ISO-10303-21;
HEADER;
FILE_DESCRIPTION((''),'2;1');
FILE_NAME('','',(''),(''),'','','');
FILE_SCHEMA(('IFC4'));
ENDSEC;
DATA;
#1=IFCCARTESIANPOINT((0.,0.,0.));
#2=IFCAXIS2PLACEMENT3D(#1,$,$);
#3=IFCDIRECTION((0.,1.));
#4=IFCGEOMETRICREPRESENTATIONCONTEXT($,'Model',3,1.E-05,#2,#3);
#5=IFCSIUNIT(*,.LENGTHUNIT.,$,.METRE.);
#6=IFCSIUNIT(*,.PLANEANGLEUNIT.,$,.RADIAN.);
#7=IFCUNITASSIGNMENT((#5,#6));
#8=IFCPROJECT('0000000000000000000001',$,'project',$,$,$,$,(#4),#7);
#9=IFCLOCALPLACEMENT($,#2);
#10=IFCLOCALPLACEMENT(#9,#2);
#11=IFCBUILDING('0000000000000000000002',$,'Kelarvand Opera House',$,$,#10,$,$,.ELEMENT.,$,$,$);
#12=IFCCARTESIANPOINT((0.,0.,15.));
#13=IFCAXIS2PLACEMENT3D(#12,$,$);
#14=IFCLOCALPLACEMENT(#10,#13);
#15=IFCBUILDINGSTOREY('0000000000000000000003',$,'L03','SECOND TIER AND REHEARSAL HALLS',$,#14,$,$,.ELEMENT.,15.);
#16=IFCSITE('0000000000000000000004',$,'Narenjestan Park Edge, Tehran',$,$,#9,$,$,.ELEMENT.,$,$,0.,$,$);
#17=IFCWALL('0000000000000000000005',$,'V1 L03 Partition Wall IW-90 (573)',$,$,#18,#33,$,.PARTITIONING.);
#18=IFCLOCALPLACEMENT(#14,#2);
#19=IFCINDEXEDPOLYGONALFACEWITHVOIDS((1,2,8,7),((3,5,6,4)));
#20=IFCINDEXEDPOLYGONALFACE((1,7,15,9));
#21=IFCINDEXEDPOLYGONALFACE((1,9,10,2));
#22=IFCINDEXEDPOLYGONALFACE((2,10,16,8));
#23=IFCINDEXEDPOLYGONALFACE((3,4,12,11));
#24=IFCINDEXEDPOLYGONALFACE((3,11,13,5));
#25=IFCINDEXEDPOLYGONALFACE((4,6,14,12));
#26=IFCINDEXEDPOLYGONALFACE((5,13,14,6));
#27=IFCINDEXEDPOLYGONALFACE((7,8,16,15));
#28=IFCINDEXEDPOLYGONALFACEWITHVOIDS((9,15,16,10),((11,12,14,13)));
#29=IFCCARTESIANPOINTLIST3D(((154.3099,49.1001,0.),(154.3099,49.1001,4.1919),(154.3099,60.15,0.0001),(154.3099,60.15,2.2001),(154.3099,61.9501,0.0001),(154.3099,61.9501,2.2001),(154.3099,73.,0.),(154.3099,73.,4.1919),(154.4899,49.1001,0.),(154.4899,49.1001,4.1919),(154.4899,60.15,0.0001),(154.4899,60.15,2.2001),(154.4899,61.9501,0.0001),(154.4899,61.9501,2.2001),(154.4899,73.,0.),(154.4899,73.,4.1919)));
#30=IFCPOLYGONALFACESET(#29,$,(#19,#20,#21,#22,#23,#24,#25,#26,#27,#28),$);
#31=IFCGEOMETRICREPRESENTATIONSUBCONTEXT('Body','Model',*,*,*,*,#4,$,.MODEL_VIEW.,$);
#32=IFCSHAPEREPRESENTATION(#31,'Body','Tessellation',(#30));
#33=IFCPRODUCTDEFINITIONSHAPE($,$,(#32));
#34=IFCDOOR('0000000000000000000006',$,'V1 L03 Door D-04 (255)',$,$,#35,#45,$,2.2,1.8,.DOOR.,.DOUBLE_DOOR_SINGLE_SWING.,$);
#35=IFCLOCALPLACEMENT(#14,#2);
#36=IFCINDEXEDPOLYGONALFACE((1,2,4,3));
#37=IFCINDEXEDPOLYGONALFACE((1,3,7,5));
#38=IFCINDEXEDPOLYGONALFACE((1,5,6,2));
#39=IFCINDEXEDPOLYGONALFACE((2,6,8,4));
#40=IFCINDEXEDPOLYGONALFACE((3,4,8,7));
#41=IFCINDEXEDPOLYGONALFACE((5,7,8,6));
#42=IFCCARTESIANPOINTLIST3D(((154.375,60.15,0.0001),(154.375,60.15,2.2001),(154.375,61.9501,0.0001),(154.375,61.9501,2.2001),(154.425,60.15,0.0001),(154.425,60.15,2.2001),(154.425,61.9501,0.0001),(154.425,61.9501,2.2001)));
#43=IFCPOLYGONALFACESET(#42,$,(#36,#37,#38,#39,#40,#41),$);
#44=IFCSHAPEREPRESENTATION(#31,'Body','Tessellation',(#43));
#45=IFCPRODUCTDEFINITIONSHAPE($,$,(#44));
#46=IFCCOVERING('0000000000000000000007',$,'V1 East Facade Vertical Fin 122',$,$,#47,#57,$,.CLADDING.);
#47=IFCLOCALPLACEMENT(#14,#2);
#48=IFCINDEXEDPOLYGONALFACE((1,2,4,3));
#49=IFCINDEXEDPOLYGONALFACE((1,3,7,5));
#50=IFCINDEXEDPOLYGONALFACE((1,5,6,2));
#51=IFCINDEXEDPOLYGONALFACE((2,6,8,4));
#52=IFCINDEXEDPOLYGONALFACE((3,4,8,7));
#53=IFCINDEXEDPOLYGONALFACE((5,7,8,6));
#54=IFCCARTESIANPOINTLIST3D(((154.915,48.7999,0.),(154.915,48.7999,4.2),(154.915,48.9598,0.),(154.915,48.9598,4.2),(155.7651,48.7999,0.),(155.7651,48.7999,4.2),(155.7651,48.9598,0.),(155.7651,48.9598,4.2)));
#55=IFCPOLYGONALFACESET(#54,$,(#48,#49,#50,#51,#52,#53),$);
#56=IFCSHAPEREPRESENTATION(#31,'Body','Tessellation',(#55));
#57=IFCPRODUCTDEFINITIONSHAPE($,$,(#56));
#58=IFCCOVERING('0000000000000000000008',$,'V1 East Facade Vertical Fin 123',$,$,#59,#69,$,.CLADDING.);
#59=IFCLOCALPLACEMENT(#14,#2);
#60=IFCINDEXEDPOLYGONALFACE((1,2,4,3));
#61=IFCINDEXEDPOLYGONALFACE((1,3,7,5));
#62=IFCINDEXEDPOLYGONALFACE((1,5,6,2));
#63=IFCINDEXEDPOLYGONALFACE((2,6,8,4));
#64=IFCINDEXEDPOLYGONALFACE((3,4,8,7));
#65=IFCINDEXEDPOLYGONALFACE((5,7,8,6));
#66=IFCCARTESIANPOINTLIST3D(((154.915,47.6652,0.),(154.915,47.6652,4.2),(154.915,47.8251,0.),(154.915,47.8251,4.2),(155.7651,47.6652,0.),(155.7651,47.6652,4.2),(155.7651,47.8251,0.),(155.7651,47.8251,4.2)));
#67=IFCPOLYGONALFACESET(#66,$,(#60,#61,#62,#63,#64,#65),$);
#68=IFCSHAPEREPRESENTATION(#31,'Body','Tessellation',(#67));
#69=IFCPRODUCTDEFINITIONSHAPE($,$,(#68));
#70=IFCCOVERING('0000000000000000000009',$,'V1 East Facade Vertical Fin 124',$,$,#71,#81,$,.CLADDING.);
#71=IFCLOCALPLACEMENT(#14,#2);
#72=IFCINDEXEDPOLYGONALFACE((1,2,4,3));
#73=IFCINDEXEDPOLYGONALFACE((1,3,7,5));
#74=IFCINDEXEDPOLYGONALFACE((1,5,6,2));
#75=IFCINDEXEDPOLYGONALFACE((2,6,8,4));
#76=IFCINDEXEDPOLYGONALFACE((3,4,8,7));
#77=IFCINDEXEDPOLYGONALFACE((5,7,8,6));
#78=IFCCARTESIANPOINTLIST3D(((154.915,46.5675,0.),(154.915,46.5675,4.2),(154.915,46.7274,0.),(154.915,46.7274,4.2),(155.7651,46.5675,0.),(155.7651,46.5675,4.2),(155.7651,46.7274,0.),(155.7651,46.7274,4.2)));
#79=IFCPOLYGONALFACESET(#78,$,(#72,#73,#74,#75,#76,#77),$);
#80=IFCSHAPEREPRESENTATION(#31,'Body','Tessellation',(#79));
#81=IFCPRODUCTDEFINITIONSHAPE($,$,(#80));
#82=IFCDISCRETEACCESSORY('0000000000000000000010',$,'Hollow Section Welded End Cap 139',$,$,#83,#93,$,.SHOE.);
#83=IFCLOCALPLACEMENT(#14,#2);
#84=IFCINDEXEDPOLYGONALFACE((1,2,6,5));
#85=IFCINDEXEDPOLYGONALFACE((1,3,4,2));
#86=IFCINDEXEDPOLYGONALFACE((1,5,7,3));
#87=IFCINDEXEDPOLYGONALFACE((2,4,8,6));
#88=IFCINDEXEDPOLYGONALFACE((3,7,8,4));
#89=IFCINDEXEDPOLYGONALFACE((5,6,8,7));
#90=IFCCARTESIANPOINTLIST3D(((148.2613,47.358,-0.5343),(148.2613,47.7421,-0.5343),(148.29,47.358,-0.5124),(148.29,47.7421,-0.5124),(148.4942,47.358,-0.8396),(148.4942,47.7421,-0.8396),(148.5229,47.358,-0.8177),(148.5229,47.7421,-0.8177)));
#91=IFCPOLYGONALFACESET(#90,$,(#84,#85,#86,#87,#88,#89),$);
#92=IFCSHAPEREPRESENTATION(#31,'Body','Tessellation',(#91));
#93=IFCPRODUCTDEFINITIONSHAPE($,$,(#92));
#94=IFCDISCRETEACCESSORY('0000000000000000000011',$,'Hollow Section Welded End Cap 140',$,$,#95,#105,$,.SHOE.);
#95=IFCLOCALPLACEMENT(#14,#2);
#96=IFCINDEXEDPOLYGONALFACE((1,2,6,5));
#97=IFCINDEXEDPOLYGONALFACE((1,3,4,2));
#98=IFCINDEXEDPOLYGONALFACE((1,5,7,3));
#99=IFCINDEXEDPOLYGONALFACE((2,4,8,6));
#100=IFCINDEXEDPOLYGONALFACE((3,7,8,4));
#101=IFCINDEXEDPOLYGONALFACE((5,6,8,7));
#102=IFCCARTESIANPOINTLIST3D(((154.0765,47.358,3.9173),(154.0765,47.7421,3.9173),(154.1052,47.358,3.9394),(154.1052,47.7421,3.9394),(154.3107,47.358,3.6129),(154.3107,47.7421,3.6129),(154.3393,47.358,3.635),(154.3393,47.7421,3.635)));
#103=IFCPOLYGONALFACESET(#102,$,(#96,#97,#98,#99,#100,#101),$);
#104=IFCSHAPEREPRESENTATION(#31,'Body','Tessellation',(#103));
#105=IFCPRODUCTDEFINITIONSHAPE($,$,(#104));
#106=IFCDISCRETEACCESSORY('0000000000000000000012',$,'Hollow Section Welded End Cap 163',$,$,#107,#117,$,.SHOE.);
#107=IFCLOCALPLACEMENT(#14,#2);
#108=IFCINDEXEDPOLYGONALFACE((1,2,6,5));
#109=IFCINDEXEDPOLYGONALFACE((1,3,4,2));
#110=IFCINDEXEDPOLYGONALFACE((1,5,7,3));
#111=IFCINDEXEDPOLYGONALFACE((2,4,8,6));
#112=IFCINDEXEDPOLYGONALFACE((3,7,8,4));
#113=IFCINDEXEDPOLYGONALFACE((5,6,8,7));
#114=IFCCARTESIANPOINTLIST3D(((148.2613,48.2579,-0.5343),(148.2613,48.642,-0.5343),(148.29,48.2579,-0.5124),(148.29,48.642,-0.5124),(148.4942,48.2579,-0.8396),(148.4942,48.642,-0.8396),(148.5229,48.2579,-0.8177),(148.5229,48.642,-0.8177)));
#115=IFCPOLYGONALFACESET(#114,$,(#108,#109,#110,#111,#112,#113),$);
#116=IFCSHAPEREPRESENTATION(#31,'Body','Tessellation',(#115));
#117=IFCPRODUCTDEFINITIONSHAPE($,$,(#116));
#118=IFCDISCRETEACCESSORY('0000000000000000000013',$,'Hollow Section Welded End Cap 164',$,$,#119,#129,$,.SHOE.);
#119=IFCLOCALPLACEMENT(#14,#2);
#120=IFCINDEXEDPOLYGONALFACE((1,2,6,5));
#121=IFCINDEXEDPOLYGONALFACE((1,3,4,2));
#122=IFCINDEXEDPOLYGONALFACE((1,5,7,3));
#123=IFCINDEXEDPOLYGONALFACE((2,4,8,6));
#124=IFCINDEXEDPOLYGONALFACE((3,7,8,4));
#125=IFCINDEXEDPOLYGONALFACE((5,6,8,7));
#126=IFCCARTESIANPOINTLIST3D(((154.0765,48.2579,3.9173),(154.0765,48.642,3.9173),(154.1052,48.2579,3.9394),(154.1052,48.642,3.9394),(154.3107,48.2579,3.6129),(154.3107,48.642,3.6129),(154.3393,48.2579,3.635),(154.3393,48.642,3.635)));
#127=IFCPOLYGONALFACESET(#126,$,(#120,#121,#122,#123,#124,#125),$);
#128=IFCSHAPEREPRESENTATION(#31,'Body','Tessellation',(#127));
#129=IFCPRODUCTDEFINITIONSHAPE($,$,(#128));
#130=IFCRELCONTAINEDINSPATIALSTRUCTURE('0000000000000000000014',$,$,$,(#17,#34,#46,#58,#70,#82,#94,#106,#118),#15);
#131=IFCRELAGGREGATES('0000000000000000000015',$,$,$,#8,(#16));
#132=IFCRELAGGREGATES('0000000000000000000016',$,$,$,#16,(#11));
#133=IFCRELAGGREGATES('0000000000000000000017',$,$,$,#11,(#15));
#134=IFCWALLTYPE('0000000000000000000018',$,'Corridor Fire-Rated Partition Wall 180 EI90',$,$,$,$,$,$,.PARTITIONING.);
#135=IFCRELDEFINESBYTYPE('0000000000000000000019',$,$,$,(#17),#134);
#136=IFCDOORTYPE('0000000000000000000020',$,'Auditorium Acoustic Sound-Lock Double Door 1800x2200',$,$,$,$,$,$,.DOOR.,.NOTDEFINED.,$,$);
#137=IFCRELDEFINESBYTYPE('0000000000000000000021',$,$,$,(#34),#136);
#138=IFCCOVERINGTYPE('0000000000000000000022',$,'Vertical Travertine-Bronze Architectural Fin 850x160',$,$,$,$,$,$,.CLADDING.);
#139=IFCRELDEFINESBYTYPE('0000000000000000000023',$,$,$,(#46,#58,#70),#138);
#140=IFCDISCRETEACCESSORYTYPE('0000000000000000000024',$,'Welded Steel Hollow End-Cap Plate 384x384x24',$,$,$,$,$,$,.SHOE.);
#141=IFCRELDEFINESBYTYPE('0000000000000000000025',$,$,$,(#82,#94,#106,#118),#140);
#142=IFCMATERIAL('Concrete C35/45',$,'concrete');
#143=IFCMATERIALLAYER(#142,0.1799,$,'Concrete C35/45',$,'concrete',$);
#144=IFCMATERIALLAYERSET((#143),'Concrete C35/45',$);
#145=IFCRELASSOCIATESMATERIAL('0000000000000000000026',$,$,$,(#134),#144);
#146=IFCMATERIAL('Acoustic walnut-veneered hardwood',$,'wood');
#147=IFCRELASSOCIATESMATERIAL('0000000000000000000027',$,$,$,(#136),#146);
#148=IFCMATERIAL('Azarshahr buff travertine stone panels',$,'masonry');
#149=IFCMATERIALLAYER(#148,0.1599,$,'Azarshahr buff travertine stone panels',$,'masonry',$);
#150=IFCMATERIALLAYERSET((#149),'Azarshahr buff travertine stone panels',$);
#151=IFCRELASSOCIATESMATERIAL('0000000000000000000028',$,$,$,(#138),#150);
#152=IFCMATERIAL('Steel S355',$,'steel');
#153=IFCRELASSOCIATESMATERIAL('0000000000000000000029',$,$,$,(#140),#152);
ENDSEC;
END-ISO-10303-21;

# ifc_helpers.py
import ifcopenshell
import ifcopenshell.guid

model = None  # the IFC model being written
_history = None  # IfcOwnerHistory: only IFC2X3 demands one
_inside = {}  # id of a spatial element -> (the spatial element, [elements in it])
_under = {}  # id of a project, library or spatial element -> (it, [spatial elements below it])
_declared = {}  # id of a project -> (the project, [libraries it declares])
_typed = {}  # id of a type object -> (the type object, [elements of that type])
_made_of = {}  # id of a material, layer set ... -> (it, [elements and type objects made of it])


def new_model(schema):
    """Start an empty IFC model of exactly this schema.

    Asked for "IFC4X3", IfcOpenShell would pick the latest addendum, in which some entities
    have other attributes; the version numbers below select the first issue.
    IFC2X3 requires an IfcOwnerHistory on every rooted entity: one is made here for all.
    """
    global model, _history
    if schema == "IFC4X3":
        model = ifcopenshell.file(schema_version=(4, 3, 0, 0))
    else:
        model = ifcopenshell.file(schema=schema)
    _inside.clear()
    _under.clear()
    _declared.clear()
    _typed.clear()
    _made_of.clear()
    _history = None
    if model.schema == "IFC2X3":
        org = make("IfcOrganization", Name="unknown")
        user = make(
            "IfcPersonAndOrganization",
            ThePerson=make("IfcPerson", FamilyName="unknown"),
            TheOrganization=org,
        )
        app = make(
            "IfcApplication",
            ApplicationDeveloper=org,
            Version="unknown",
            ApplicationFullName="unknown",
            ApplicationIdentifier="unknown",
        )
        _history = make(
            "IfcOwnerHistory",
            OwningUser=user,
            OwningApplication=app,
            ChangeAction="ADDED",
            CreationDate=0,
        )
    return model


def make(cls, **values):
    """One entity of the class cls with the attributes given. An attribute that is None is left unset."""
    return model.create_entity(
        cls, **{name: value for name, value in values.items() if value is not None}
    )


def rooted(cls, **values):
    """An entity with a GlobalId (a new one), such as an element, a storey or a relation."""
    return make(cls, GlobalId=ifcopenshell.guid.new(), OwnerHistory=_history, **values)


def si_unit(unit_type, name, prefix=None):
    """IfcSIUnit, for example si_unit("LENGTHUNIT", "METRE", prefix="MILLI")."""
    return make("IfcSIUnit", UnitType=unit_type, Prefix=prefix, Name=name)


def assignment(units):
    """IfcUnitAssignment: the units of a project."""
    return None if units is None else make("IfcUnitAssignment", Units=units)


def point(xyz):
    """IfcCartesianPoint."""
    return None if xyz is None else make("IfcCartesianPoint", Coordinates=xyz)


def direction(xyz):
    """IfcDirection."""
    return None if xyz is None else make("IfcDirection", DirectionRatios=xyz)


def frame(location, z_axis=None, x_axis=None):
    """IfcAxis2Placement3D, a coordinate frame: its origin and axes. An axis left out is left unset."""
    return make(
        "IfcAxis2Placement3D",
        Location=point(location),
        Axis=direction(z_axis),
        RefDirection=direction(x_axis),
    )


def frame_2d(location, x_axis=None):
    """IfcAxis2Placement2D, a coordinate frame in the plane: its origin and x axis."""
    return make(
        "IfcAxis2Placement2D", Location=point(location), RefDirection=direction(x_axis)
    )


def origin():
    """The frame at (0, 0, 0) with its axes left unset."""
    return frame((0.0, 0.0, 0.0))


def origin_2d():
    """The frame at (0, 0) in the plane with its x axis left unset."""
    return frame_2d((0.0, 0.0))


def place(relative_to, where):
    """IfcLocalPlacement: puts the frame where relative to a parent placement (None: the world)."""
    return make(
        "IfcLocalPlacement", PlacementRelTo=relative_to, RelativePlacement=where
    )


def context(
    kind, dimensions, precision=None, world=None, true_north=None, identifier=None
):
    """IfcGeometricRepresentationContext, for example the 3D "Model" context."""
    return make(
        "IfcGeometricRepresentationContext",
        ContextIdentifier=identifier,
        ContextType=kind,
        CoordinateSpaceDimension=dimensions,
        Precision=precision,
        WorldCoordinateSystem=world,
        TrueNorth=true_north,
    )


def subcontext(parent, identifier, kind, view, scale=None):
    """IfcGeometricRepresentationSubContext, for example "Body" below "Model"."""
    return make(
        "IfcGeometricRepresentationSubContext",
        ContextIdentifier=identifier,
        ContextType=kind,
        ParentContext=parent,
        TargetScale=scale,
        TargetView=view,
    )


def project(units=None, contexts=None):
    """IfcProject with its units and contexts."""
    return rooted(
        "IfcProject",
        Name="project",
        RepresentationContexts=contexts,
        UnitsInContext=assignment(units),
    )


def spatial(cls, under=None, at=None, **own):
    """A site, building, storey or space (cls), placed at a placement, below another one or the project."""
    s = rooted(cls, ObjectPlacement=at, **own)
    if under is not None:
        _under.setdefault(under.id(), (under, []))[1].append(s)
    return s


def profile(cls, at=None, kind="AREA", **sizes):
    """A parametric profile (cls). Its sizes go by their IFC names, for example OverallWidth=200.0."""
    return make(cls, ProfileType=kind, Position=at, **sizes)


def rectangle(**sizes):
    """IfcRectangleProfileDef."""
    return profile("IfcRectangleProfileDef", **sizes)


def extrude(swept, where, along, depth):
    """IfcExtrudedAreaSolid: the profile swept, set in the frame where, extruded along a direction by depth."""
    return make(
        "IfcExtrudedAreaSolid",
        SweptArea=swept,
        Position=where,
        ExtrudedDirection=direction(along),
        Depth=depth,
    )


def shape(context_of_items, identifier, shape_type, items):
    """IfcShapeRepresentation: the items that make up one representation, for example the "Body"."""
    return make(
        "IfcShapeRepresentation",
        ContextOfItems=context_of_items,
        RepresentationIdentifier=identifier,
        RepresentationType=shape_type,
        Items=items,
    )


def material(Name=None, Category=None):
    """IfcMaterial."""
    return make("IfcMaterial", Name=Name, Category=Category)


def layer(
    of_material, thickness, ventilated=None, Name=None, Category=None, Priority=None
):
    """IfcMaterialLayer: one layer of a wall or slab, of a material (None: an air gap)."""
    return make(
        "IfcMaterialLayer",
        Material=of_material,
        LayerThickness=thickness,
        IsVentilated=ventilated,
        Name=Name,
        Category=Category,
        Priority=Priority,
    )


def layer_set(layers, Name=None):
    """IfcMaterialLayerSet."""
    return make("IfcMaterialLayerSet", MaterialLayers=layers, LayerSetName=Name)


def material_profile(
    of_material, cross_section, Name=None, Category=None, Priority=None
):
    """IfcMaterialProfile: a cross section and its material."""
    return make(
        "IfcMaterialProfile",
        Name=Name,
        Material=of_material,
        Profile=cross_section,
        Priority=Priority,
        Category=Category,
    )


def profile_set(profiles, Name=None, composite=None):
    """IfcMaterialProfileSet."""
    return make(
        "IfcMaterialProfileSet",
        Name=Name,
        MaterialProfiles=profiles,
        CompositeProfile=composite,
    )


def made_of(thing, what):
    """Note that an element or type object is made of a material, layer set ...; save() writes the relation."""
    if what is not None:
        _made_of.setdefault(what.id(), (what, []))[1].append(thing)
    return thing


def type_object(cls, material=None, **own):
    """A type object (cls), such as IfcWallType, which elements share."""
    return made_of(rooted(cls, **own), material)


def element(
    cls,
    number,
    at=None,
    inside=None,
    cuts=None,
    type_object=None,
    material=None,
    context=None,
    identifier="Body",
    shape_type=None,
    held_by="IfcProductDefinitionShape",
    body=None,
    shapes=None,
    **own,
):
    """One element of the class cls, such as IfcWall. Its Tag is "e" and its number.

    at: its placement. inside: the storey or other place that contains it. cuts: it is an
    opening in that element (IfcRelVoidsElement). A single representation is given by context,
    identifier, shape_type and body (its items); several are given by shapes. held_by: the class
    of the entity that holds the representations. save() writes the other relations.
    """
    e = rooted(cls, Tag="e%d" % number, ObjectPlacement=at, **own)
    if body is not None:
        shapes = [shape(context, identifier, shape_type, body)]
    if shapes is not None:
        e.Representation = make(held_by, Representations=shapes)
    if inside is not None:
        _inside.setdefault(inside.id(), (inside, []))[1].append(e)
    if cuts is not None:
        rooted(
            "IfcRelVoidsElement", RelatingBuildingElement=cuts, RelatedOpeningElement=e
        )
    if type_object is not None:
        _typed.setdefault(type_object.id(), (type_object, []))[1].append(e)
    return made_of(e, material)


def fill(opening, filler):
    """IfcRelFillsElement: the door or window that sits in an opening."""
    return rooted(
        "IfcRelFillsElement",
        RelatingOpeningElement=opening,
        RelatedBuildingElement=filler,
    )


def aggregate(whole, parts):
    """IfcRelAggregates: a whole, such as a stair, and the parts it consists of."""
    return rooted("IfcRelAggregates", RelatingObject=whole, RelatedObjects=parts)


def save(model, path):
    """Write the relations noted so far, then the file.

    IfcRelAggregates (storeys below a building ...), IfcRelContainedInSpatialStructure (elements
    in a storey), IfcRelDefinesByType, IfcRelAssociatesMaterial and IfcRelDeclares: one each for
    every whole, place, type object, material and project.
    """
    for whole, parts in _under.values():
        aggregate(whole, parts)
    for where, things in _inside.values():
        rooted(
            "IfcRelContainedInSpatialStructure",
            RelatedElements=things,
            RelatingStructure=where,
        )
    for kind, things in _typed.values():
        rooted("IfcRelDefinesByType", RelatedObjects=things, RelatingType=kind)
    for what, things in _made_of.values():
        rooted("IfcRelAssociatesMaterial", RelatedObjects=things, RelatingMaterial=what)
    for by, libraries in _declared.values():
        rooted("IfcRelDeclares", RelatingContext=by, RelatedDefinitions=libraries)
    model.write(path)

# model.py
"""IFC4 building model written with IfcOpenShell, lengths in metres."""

from ifc_helpers import new_model, si_unit, direction, frame, frame_2d, origin, origin_2d, place, context, subcontext, project, spatial, rectangle, extrude, material, layer, layer_set, material_profile, profile_set, type_object, element, fill, save


model = new_model("IFC4")

# Units and contexts
model_context = context("Model", 3, precision=1e-05, world=origin(), true_north=direction((0.0, 1.0)))
body_context = subcontext(model_context, "Body", "Model", "MODEL_VIEW")
ifc_project = project(units=[si_unit("LENGTHUNIT", "METRE"), si_unit("PLANEANGLEUNIT", "RADIAN")], contexts=[model_context])

# Site, building, storey
site_placement = place(None, origin())
site = spatial("IfcSite", under=ifc_project, at=site_placement, Name="Narenjestan Park Edge, Tehran", CompositionType="ELEMENT", RefElevation=0.0)
building_placement = place(site_placement, origin())
building = spatial("IfcBuilding", under=site, at=building_placement, Name="Kelarvand Opera House", CompositionType="ELEMENT")
storey_placement = place(building_placement, frame((0.0, 0.0, 15.0)))
storey = spatial("IfcBuildingStorey", under=building, at=storey_placement, Name="L03", Description="SECOND TIER AND REHEARSAL HALLS", CompositionType="ELEMENT", Elevation=15.0)

# Shared definitions
ifc_material_1 = material(Name="Steel S355", Category="steel")

# Shared definitions
ifc_material_2 = material(Name="Concrete C35/45", Category="concrete")

# Wall, opening, door
ifc_layer_1 = layer(ifc_material_2, 0.1799, Name="Concrete C35/45", Category="concrete")
ifc_layer_set_1 = layer_set([ifc_layer_1], Name="Concrete C35/45")
wall_type_1 = type_object("IfcWallType", Name="Corridor Fire-Rated Partition Wall 180 EI90", PredefinedType="PARTITIONING", material=ifc_layer_set_1)
wall_1_placement = place(storey_placement, frame((154.3999, 49.1001, 0.0), z_axis=(0.0, 0.0, 1.0), x_axis=(0.0, 1.0, 0.0)))
wall_1 = element("IfcWall", 1, at=wall_1_placement, inside=storey, type_object=wall_type_1, Name="V1 L03 Partition Wall IW-90 (573)", PredefinedType="PARTITIONING", context=body_context, shape_type="SweptSolid", body=[
    extrude(rectangle(XDim=23.8999, YDim=0.1799, at=frame_2d((11.95, 0.0))), origin(), (0.0, 0.0, 1.0), 4.1919),
])
opening_placement = place(wall_1_placement, frame((11.05, 0.0, 0.0)))
opening = element("IfcOpeningElement", 2, at=opening_placement, cuts=wall_1, PredefinedType="OPENING", context=body_context, shape_type="SweptSolid", body=[
    extrude(rectangle(XDim=1.8, YDim=2.2, at=frame_2d((0.8999, 1.1001))), frame((0.0, 0.1001, 0.0), z_axis=(0.0, -1.0, 0.0), x_axis=(1.0, 0.0, 0.0)), (0.0, 0.0, 1.0), 0.2),
])
ifc_material_3 = material(Name="Acoustic walnut-veneered hardwood", Category="wood")
door_type = type_object("IfcDoorType", Name="Auditorium Acoustic Sound-Lock Double Door 1800x2200", OperationType="NOTDEFINED", PredefinedType="DOOR", material=ifc_material_3)
door_placement = place(opening_placement, origin())
door = element("IfcDoor", 3, at=door_placement, inside=storey, type_object=door_type, Name="V1 L03 Door D-04 (255)", OperationType="DOUBLE_DOOR_SINGLE_SWING", OverallHeight=2.2, OverallWidth=1.8, PredefinedType="DOOR", context=body_context, shape_type="SweptSolid", body=[
    extrude(rectangle(XDim=1.8, YDim=2.2, at=frame_2d((0.8999, 1.1001))), frame((0.0, 0.0249, 0.0), z_axis=(0.0, -1.0, 0.0), x_axis=(1.0, 0.0, 0.0)), (0.0, 0.0, 1.0), 0.05),
])
fill(opening, door)

# Coverings
ifc_material_4 = material(Name="Azarshahr buff travertine stone panels", Category="masonry")
ifc_layer_2 = layer(ifc_material_4, 0.1599, Name="Azarshahr buff travertine stone panels", Category="masonry")
ifc_layer_set_2 = layer_set([ifc_layer_2], Name="Azarshahr buff travertine stone panels")
covering_type = type_object("IfcCoveringType", Name="Vertical Travertine-Bronze Architectural Fin 850x160", PredefinedType="CLADDING", material=ifc_layer_set_2)
for number, where, z_axis, x_axis, name in (
    (4, (155.3401, 48.8799, 0.0), (0.0, 0.0, 1.0), (1.0, 0.0, 0.0), "V1 East Facade Vertical Fin 122"),
    (5, (155.3401, 47.7451, 0.0), (0.0, 0.0, 1.0), (1.0, 0.0, 0.0), "V1 East Facade Vertical Fin 123"),
    (6, (155.3401, 46.6475, 0.0), (0.0, 0.0, 1.0), (1.0, 0.0, 0.0), "V1 East Facade Vertical Fin 124"),
):
    element("IfcCovering", number, at=place(storey_placement, frame(where, z_axis=z_axis, x_axis=x_axis)), inside=storey, type_object=covering_type, Name=name, PredefinedType="CLADDING", context=body_context, shape_type="SweptSolid", body=[
        extrude(rectangle(XDim=0.8501, YDim=0.1599, at=origin_2d()), origin(), (0.0, 0.0, 1.0), 4.2),
    ])

# Discrete accessories
ifc_material_profile_1 = material_profile(ifc_material_1, rectangle(XDim=0.384, YDim=0.384, at=origin_2d()), Name="Welded Steel Hollow End-Cap Plate 384x384x24", Category="steel")
ifc_profile_set_1 = profile_set([ifc_material_profile_1], Name="Steel S355")
discrete_accessory_type = type_object("IfcDiscreteAccessoryType", Name="Welded Steel Hollow End-Cap Plate 384x384x24", PredefinedType="SHOE", material=ifc_profile_set_1)
for number, where, z_axis, x_axis, name in (
    (7, (148.4065, 47.55, -0.665), (-0.795122, 0.0, -0.606449), (0.0, -1.0, 0.0), "Hollow Section Welded End Cap 139"),
    (8, (154.1936, 47.55, 3.7651), (0.792624, 0.0, 0.609711), (0.0, 1.0, 0.0), "Hollow Section Welded End Cap 140"),
    (9, (148.4065, 48.45, -0.665), (-0.795122, 0.0, -0.606449), (0.0, -1.0, 0.0), "Hollow Section Welded End Cap 163"),
    (10, (154.1936, 48.45, 3.7651), (0.792624, 0.0, 0.609711), (0.0, 1.0, 0.0), "Hollow Section Welded End Cap 164"),
):
    element("IfcDiscreteAccessory", number, at=place(storey_placement, frame(where, z_axis=z_axis, x_axis=x_axis)), inside=storey, type_object=discrete_accessory_type, Name=name, PredefinedType="SHOE", context=body_context, shape_type="SweptSolid", body=[
        extrude(rectangle(XDim=0.384, YDim=0.384, at=origin_2d()), origin(), (0.0, 0.0, 1.0), 0.0361),
    ])

save(model, "model.ifc")
